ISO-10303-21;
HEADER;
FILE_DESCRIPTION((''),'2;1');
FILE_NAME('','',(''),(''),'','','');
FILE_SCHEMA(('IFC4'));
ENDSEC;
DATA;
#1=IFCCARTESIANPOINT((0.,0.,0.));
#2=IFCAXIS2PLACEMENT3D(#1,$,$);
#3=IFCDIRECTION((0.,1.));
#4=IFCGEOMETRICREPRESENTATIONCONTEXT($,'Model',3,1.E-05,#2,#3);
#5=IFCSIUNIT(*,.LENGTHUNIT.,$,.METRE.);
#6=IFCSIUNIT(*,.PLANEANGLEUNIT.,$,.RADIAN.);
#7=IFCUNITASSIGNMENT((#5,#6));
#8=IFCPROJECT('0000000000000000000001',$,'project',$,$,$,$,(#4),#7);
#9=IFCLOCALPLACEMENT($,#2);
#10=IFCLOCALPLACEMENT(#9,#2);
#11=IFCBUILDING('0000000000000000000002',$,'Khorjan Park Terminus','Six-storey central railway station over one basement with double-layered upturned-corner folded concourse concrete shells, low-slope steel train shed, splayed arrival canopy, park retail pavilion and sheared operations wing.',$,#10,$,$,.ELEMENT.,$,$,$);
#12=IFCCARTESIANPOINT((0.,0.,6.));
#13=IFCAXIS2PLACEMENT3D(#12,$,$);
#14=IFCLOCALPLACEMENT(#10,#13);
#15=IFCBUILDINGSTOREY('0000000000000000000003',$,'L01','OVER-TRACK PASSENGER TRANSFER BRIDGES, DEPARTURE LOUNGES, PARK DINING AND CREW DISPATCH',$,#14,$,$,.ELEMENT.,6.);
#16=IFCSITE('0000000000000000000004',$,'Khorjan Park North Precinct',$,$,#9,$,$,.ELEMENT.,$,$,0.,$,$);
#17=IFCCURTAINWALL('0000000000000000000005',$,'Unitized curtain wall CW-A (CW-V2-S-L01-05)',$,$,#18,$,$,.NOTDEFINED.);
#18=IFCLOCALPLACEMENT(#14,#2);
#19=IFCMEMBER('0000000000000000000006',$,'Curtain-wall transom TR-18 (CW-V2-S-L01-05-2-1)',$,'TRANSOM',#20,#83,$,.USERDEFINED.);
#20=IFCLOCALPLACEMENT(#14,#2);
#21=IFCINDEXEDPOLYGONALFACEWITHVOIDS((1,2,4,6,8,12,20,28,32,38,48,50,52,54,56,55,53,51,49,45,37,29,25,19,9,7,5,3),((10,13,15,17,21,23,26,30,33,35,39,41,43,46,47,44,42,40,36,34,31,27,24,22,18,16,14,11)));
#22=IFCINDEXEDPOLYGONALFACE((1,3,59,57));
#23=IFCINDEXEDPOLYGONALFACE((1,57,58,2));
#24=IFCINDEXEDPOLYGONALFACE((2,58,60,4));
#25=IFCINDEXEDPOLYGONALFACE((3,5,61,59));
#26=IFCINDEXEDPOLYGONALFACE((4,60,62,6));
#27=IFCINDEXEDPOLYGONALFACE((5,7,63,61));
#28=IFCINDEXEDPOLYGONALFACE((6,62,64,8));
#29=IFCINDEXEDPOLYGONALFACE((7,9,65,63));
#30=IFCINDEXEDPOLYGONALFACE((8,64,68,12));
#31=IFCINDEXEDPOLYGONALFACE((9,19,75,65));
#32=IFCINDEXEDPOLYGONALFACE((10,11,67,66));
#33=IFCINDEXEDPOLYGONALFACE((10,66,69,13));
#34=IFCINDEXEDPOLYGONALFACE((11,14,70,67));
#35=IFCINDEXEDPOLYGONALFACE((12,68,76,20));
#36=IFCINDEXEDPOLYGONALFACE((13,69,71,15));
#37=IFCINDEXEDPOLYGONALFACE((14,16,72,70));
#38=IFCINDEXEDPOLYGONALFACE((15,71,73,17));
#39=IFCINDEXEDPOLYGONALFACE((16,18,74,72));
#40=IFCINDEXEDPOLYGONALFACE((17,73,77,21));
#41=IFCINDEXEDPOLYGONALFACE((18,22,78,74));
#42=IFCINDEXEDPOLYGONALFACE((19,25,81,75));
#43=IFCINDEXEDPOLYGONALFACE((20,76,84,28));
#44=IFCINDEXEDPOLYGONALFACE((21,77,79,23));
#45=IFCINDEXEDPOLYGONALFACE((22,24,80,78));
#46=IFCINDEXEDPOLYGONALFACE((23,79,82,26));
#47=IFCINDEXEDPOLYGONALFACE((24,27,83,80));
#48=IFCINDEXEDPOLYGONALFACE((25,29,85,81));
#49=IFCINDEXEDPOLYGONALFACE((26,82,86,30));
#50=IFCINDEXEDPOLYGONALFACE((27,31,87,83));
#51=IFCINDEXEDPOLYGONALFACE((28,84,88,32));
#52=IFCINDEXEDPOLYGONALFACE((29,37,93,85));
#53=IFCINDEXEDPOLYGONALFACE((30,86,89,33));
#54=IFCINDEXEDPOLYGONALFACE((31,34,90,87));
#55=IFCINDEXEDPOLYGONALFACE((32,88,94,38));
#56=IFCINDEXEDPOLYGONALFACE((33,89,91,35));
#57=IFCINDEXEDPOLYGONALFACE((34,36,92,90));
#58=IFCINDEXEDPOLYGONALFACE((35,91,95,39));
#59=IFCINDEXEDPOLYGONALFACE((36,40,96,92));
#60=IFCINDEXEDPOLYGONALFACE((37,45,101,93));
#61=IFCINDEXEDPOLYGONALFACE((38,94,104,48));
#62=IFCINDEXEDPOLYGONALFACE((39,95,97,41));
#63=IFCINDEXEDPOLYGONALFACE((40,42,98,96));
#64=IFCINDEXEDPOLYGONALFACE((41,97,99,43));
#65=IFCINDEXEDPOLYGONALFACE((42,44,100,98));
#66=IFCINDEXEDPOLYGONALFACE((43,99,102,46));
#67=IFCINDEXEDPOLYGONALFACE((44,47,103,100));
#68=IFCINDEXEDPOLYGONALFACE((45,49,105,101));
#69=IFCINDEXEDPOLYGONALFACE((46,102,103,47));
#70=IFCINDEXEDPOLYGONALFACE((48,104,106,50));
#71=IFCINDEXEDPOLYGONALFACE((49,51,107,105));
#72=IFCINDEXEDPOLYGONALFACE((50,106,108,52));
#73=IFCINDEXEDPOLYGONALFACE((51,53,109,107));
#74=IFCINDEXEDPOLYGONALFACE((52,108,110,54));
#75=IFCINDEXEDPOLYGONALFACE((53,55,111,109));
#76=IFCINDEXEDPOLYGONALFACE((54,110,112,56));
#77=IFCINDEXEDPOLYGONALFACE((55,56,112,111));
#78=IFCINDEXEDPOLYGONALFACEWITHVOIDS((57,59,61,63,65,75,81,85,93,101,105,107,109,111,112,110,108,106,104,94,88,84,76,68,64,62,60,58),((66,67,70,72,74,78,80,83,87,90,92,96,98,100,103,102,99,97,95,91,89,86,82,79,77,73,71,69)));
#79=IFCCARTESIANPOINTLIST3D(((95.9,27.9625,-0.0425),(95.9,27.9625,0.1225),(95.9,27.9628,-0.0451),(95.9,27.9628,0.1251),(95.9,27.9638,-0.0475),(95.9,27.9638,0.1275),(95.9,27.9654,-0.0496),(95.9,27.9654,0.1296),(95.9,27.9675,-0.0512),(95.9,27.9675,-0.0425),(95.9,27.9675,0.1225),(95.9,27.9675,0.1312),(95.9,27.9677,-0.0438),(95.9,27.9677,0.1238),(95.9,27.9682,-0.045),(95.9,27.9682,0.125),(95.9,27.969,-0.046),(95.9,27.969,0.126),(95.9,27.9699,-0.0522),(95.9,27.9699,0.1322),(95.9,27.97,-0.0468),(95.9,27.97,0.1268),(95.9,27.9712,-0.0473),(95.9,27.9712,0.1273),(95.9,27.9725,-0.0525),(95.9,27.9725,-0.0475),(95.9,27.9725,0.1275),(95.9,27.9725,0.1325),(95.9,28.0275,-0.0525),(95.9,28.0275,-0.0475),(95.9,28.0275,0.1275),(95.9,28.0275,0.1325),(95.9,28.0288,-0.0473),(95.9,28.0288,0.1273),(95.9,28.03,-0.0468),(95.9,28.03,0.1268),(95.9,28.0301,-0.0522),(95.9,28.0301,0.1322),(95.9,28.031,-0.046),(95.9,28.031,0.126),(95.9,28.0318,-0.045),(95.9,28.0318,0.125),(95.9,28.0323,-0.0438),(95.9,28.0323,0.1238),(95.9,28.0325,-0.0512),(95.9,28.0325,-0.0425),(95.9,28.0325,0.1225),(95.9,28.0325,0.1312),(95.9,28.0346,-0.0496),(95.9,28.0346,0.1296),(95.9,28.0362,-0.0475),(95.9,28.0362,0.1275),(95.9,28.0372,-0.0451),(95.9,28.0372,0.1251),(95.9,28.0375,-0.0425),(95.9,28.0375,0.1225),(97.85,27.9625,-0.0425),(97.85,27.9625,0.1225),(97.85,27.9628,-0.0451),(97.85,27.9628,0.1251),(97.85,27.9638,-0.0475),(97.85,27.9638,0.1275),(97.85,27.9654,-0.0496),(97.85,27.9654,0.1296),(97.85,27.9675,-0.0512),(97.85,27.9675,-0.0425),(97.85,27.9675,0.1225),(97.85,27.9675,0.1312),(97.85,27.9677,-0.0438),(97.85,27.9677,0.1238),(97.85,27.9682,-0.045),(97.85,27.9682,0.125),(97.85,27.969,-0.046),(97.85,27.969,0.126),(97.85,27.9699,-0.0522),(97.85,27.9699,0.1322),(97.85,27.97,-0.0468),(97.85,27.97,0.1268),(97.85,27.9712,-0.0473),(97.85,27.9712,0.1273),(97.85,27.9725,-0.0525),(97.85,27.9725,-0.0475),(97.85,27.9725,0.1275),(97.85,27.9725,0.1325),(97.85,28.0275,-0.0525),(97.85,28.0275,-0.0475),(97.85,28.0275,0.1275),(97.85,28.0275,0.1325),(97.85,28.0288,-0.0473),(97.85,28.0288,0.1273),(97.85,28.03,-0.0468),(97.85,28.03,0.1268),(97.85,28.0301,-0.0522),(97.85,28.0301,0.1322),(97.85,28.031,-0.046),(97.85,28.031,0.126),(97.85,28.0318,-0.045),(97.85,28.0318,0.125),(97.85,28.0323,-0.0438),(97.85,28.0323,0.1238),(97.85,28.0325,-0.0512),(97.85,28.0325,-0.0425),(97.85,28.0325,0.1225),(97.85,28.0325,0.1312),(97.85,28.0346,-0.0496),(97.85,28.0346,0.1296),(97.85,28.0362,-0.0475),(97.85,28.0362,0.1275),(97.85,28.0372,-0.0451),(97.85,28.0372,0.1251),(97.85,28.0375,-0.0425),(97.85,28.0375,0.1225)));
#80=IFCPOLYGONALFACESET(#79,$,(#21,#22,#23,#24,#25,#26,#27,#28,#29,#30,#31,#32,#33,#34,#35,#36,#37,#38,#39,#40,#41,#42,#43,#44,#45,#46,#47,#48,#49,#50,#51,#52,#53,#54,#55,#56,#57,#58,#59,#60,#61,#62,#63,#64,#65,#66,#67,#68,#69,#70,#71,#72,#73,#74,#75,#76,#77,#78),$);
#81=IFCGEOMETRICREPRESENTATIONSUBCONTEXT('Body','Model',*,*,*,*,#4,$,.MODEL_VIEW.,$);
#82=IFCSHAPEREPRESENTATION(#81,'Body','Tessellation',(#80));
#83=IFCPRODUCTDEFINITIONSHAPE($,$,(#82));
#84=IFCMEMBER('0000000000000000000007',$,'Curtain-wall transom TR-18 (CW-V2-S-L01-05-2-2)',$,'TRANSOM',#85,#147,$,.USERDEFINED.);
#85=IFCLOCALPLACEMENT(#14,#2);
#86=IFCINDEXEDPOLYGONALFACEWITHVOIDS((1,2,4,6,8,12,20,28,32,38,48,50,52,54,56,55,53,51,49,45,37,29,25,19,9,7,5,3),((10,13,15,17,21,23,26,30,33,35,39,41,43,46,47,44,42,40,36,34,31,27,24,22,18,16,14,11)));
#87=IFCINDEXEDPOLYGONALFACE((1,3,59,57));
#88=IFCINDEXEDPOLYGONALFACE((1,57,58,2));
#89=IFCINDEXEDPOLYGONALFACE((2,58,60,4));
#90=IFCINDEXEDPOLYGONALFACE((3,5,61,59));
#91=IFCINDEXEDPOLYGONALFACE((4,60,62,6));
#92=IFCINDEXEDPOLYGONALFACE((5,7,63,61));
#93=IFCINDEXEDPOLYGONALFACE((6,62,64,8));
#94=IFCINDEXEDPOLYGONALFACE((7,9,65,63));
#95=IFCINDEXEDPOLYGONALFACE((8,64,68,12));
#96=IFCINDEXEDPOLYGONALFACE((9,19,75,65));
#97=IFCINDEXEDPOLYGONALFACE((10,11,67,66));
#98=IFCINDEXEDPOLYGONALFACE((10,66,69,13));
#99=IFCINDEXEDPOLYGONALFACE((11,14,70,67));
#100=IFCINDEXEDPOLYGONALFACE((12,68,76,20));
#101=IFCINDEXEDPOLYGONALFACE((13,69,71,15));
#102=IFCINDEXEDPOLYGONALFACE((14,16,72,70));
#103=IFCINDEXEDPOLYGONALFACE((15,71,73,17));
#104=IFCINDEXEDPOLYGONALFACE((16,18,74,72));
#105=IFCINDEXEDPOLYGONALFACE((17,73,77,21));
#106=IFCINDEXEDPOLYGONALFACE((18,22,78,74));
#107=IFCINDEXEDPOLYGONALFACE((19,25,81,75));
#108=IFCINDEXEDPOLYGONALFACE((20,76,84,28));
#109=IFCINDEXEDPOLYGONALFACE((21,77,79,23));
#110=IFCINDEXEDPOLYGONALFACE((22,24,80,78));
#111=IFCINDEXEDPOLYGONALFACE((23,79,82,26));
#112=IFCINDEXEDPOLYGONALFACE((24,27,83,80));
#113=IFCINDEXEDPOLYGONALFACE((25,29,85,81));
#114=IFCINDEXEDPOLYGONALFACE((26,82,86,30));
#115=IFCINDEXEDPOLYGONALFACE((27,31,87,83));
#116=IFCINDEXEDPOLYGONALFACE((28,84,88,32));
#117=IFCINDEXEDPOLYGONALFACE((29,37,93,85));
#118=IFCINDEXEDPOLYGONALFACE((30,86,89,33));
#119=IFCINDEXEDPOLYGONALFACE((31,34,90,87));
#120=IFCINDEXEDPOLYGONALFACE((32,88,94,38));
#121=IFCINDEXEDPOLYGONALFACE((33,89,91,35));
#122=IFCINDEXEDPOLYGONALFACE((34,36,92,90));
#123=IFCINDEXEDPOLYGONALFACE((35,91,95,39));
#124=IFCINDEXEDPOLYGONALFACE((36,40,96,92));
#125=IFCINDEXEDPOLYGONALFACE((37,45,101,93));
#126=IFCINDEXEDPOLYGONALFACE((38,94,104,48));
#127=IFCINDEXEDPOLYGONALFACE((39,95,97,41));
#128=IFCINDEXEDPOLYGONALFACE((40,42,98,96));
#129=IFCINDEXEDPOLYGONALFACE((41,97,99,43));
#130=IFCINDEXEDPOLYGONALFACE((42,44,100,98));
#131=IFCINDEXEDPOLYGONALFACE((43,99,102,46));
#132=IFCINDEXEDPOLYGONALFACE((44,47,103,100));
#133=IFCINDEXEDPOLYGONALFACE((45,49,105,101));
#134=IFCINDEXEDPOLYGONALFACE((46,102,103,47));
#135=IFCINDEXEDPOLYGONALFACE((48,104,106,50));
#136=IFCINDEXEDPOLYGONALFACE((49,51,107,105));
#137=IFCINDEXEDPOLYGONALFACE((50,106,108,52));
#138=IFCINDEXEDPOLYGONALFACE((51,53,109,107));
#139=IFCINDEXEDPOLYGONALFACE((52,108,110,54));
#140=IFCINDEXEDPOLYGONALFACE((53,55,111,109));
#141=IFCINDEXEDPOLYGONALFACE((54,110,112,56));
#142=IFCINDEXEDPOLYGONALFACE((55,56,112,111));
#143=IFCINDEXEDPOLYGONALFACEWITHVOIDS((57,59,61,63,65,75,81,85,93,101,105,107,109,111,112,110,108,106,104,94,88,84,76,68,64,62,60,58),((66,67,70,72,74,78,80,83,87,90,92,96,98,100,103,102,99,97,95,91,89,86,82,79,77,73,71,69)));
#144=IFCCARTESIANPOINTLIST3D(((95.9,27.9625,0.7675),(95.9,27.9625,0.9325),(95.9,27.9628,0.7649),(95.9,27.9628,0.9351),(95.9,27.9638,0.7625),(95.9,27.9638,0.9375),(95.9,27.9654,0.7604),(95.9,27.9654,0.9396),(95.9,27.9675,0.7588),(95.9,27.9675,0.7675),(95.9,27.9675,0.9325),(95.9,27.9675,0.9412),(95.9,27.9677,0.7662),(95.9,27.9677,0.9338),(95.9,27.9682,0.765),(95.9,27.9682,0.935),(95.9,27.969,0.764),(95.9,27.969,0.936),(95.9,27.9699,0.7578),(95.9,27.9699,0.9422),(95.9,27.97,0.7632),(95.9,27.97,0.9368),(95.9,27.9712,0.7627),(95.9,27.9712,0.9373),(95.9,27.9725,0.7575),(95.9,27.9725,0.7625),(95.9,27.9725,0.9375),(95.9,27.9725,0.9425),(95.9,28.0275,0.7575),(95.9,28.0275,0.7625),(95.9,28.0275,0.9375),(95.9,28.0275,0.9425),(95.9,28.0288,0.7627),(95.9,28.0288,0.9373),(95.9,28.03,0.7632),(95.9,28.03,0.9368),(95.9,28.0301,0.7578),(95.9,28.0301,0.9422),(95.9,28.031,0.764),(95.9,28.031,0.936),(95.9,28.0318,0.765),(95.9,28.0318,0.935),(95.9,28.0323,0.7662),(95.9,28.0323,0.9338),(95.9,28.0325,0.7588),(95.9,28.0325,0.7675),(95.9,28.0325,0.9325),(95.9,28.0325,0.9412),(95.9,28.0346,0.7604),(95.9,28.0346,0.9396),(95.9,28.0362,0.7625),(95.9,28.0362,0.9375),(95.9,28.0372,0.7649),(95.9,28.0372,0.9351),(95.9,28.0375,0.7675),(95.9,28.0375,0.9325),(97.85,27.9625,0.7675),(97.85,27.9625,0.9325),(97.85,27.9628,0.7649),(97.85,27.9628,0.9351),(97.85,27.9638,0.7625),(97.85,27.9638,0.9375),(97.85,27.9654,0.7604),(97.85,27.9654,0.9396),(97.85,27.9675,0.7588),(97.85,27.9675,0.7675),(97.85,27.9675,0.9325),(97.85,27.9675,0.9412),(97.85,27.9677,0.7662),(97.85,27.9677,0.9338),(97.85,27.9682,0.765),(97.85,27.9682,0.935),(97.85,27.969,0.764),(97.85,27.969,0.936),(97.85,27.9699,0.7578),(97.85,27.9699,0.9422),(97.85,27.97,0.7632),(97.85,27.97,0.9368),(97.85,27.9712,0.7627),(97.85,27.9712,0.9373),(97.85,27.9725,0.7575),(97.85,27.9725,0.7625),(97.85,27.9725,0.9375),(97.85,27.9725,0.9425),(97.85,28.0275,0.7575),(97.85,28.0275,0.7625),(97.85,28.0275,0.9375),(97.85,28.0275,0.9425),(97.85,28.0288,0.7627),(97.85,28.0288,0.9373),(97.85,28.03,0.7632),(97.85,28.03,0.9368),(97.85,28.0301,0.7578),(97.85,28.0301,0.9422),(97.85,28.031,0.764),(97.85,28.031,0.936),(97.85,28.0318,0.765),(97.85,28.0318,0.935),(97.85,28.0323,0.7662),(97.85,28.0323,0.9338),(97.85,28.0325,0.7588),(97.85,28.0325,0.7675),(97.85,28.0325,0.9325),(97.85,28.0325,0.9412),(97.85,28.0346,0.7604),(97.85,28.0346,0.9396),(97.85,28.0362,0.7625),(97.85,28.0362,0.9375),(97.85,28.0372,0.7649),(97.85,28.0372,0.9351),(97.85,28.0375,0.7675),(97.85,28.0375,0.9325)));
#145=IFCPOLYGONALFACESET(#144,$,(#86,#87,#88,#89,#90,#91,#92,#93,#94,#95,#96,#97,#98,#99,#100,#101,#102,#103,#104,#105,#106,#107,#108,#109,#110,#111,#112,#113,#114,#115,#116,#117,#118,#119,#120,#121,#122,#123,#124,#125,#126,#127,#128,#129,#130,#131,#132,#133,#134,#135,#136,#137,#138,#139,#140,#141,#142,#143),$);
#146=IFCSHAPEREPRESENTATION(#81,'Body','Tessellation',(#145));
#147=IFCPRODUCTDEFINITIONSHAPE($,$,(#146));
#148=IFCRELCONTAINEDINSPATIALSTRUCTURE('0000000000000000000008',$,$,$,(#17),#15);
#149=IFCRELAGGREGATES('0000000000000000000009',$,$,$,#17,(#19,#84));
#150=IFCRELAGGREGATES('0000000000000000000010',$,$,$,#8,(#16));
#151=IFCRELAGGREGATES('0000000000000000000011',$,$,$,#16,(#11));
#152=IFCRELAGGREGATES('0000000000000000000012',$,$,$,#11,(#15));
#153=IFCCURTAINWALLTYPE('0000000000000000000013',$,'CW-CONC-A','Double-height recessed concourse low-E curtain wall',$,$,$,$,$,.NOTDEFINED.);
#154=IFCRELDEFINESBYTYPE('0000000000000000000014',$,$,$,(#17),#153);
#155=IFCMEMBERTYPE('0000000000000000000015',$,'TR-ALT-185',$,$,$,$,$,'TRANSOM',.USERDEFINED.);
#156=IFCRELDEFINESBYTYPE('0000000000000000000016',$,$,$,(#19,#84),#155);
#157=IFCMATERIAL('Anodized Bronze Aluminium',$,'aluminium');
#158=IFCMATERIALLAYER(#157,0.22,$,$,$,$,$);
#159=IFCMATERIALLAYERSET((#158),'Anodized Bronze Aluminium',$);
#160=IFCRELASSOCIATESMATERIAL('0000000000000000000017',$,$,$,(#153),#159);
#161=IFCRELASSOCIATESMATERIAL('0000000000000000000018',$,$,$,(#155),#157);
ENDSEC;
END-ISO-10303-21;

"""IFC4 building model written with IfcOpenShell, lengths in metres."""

from ifc_helpers import new_model, si_unit, direction, frame, origin, origin_2d, place, context, subcontext, project, spatial, hollow_rectangle, extrude, material, layer, layer_set, material_profile, profile_set, type_object, element, aggregate, save


model = new_model("IFC4")

# Units and contexts
model_context = context("Model", 3, precision=1e-05, world=origin(), true_north=direction((0.0, 1.0)))
body_context = subcontext(model_context, "Body", "Model", "MODEL_VIEW")
ifc_project = project(units=[si_unit("LENGTHUNIT", "METRE"), si_unit("PLANEANGLEUNIT", "RADIAN")], contexts=[model_context])

# Site, building, storey
site_placement = place(None, origin())
site = spatial("IfcSite", under=ifc_project, at=site_placement, Name="Khorjan Park North Precinct", CompositionType="ELEMENT", RefElevation=0.0)
building_placement = place(site_placement, origin())
building = spatial("IfcBuilding", under=site, at=building_placement, Name="Khorjan Park Terminus", Description="Six-storey central railway station over one basement with double-layered upturned-corner folded concourse concrete shells, low-slope steel train shed, splayed arrival canopy, park retail pavilion and sheared operations wing.", CompositionType="ELEMENT")
storey_placement = place(building_placement, frame((0.0, 0.0, 6.0)))
storey = spatial("IfcBuildingStorey", under=building, at=storey_placement, Name="L01", Description="OVER-TRACK PASSENGER TRANSFER BRIDGES, DEPARTURE LOUNGES, PARK DINING AND CREW DISPATCH", CompositionType="ELEMENT", Elevation=6.0)

# Shared definitions
ifc_material_1 = material(Name="Anodized Bronze Aluminium", Category="aluminium")
ifc_layer_1 = layer(ifc_material_1, 0.22)
ifc_layer_set_1 = layer_set([ifc_layer_1], Name="Anodized Bronze Aluminium")
curtain_wall_type = type_object("IfcCurtainWallType", Name="CW-CONC-A", Description="Double-height recessed concourse low-E curtain wall", PredefinedType="NOTDEFINED", material=ifc_layer_set_1)

# Curtain wall
curtain_wall_1_placement = place(storey_placement, origin())
curtain_wall_1 = element("IfcCurtainWall", 1, at=curtain_wall_1_placement, inside=storey, type_object=curtain_wall_type, Name="Unitized curtain wall CW-A (CW-V2-S-L01-05)", PredefinedType="NOTDEFINED")

# Members
ifc_material_profile_1 = material_profile(ifc_material_1, hollow_rectangle(XDim=0.075, YDim=0.185, WallThickness=0.005, InnerFilletRadius=0.005, OuterFilletRadius=0.01, at=origin_2d()), Name="ALT 75x185x5")
ifc_profile_set_1 = profile_set([ifc_material_profile_1], Name="Anodized Bronze Aluminium")
member_type_1 = type_object("IfcMemberType", Name="TR-ALT-185", ElementType="TRANSOM", PredefinedType="USERDEFINED", material=ifc_profile_set_1)
member_1_placement = place(storey_placement, frame((95.9, 28.0, 0.04), z_axis=(1.0, 0.0, 0.0), x_axis=(0.0, 1.0, 0.0)))
member_1 = element("IfcMember", 2, at=member_1_placement, type_object=member_type_1, Name="Curtain-wall transom TR-18 (CW-V2-S-L01-05-2-1)", ObjectType="TRANSOM", PredefinedType="USERDEFINED", context=body_context, shape_type="SweptSolid", body=[
    extrude(hollow_rectangle(XDim=0.075, YDim=0.185, WallThickness=0.005, InnerFilletRadius=0.005, OuterFilletRadius=0.01, at=origin_2d()), origin(), (0.0, 0.0, 1.0), 1.95),
])
member_2_placement = place(storey_placement, frame((95.9, 28.0, 0.85), z_axis=(1.0, 0.0, 0.0), x_axis=(0.0, 1.0, 0.0)))
member_2 = element("IfcMember", 3, at=member_2_placement, type_object=member_type_1, Name="Curtain-wall transom TR-18 (CW-V2-S-L01-05-2-2)", ObjectType="TRANSOM", PredefinedType="USERDEFINED", context=body_context, shape_type="SweptSolid", body=[
    extrude(hollow_rectangle(XDim=0.075, YDim=0.185, WallThickness=0.005, InnerFilletRadius=0.005, OuterFilletRadius=0.01, at=origin_2d()), origin(), (0.0, 0.0, 1.0), 1.95),
])

aggregate(curtain_wall_1, [member_1, member_2])

save(model, "model.ifc")
